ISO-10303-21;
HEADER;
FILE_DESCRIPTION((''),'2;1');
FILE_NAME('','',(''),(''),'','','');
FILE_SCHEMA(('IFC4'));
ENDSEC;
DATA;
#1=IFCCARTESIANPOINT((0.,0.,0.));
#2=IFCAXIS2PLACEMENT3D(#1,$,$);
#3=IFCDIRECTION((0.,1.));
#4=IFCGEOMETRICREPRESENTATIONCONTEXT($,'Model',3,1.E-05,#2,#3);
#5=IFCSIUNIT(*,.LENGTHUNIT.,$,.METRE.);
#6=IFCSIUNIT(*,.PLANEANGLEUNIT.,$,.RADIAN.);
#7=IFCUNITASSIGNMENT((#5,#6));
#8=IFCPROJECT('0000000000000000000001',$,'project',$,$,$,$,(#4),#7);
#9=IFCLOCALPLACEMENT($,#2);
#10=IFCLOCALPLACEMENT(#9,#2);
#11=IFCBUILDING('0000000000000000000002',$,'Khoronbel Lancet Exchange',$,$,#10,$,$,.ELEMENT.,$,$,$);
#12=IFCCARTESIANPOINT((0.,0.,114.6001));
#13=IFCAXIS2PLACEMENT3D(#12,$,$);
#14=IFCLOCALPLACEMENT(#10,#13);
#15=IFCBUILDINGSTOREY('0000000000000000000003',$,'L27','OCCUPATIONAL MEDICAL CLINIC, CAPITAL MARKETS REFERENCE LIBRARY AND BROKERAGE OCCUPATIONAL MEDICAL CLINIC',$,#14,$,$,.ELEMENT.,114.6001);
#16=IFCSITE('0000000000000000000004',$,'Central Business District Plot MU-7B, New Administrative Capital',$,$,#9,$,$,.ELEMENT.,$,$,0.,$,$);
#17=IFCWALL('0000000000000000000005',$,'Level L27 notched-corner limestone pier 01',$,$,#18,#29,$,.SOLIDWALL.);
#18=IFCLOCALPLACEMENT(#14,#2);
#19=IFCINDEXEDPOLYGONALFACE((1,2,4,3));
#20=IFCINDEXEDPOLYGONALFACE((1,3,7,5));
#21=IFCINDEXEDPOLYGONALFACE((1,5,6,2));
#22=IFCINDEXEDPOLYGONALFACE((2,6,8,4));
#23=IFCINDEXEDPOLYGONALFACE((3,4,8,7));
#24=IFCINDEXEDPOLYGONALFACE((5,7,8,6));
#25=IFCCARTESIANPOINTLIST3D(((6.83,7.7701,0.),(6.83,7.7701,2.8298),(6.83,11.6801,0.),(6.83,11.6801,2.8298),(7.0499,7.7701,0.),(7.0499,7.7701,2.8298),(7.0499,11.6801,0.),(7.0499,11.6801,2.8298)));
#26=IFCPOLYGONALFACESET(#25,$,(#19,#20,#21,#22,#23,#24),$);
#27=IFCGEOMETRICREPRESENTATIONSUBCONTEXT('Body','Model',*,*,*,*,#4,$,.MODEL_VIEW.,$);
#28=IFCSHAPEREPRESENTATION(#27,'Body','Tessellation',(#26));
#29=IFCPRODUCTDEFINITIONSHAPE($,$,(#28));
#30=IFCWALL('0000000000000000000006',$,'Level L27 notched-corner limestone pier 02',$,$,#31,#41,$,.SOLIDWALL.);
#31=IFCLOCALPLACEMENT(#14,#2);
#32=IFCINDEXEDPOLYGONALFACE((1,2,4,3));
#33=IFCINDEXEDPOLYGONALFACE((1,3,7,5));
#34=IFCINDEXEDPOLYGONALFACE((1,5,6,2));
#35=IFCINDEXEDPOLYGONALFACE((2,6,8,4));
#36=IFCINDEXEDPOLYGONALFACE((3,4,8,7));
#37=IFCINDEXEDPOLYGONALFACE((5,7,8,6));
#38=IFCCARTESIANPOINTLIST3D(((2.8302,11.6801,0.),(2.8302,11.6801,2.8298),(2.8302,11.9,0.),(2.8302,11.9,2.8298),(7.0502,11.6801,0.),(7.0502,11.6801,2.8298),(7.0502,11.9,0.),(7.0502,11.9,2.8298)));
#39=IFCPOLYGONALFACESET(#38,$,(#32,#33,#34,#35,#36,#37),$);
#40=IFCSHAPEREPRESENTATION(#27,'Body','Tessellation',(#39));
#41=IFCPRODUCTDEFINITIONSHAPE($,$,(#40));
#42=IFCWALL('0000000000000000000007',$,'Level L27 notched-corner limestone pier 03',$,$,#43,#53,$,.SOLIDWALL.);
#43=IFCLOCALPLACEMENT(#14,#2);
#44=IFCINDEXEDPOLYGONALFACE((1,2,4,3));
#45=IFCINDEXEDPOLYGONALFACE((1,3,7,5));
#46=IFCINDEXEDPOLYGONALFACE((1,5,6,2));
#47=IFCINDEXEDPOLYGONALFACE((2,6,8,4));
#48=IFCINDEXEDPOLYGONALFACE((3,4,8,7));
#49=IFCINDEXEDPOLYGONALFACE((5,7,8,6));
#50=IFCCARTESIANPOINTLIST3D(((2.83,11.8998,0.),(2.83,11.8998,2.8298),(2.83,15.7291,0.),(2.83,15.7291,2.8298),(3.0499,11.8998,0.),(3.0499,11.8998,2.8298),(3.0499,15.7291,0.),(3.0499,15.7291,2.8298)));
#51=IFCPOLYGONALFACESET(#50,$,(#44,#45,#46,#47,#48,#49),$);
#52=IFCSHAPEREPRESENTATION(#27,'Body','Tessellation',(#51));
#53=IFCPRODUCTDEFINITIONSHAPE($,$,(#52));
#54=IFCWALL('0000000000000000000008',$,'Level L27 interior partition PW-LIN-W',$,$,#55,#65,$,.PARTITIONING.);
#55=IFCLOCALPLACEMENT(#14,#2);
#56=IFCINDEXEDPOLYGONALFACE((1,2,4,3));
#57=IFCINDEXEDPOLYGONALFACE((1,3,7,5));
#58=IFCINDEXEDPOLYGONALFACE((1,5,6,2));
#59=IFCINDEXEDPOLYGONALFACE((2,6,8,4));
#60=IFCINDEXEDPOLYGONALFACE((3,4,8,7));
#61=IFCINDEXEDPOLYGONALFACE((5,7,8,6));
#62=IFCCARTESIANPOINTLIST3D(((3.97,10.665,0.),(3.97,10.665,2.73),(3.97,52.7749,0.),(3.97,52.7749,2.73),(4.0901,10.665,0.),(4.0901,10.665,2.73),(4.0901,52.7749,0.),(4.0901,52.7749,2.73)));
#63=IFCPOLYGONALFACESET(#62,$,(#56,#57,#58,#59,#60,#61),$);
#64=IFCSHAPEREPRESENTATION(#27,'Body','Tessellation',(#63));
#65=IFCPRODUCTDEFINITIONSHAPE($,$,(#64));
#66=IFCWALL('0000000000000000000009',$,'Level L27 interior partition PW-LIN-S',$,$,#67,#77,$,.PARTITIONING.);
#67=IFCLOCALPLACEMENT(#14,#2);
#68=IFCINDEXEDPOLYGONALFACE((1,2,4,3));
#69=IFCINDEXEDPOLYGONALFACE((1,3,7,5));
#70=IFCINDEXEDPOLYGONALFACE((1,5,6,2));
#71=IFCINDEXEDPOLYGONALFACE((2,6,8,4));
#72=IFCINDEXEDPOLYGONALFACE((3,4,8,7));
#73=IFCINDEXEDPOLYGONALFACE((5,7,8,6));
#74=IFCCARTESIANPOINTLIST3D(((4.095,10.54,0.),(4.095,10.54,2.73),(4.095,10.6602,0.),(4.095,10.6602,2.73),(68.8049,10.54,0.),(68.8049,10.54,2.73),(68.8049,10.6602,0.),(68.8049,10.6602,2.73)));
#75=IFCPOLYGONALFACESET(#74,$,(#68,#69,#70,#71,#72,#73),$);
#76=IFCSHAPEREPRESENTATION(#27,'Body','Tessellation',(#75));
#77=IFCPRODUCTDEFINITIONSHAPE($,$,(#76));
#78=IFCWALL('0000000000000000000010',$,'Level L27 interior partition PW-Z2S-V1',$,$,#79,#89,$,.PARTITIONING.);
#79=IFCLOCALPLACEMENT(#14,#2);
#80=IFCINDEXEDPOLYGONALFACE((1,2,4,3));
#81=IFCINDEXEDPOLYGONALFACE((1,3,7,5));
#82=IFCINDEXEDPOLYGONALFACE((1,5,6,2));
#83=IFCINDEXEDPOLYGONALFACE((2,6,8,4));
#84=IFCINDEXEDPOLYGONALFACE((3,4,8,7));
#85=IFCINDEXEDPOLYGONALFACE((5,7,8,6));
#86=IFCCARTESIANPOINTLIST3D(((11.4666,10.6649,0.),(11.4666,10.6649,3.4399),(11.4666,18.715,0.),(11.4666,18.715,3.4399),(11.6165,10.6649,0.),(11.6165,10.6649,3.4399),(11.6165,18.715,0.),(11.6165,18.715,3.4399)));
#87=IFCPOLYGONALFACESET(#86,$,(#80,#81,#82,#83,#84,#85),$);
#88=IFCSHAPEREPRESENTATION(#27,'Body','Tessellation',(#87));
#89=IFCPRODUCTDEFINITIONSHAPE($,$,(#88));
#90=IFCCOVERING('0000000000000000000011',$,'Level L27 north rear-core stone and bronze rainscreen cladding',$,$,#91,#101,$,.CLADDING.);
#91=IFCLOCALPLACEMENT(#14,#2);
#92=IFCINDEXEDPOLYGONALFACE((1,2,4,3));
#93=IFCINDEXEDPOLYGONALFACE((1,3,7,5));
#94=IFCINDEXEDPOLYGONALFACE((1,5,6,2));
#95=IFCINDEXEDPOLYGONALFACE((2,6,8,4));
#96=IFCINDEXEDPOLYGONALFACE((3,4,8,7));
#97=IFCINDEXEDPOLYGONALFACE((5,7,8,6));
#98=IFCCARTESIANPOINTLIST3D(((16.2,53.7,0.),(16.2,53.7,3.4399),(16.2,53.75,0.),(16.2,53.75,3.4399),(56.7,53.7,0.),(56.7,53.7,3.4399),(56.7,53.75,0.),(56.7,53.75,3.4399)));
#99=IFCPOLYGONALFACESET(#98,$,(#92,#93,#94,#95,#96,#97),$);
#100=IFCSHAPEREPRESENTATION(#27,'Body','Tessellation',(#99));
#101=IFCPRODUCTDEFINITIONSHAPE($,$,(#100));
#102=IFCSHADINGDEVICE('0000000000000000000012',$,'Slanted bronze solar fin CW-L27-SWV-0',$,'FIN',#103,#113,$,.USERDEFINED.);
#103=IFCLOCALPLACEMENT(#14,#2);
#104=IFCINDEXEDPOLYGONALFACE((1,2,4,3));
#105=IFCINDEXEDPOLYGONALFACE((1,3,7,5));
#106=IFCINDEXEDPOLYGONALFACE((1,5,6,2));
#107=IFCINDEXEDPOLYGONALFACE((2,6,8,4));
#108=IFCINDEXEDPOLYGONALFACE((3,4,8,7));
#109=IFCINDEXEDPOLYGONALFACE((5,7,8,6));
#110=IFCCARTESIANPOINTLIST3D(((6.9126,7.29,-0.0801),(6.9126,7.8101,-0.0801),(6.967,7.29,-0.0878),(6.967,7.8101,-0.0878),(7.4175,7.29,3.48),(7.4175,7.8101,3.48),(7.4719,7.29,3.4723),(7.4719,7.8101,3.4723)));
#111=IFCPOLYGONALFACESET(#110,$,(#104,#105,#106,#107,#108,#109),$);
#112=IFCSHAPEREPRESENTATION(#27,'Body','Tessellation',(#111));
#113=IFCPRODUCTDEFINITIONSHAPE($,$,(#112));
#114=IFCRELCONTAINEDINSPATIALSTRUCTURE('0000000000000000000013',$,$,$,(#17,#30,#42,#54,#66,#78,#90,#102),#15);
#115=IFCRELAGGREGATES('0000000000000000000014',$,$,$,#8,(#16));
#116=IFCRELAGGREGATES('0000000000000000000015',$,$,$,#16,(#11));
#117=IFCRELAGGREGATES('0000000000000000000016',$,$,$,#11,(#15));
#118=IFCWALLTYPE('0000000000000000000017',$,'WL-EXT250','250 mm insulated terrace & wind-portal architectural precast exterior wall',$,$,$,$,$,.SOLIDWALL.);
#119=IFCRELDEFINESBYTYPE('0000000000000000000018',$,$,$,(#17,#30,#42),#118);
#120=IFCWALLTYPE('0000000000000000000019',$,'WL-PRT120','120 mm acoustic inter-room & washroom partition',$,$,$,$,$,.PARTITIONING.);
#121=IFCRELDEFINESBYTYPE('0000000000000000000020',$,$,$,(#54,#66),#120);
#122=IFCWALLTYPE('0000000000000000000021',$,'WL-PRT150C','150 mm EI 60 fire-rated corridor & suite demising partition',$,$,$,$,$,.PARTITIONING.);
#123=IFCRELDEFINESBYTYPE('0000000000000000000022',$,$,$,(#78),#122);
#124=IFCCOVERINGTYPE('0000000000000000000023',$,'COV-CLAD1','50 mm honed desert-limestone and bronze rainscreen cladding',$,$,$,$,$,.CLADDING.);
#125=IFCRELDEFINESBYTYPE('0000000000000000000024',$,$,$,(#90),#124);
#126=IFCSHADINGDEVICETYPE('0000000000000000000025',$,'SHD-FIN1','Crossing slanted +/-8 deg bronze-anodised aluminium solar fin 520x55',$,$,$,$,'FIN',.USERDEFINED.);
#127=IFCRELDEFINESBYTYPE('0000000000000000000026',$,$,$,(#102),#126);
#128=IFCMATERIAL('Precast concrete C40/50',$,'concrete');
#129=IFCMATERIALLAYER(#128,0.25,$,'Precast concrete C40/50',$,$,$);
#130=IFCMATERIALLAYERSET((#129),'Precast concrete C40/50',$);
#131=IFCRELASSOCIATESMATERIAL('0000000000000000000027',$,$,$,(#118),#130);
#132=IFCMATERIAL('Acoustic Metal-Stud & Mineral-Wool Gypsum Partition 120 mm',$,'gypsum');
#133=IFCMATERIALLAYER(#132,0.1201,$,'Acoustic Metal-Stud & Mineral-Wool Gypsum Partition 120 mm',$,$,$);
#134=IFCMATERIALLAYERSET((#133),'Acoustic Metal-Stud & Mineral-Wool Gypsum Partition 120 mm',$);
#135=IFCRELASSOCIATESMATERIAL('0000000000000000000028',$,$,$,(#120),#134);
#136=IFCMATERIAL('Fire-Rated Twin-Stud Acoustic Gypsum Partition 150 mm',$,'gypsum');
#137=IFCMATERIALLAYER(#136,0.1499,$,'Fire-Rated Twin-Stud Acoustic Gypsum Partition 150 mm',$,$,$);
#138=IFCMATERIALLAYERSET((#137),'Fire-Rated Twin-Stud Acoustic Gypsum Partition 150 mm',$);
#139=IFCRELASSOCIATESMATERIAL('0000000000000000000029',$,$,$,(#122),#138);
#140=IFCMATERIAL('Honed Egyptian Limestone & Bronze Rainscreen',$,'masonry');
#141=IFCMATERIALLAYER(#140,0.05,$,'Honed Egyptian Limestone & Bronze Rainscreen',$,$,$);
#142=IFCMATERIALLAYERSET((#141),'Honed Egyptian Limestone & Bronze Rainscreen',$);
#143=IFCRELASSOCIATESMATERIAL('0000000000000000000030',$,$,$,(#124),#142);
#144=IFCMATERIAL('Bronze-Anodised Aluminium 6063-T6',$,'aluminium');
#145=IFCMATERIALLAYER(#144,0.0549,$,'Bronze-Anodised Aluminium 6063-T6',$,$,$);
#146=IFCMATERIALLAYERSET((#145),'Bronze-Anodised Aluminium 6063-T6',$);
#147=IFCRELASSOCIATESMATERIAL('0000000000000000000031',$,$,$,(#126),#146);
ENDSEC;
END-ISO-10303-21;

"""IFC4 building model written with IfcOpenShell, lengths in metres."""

from ifc_helpers import new_model, si_unit, direction, frame, frame_2d, origin, place, context, subcontext, project, spatial, polyline, rectangle, outline, extrude, material, layer, layer_set, type_object, element, save


model = new_model("IFC4")

# Units and contexts
model_context = context("Model", 3, precision=1e-05, world=origin(), true_north=direction((0.0, 1.0)))
body_context = subcontext(model_context, "Body", "Model", "MODEL_VIEW")
ifc_project = project(units=[si_unit("LENGTHUNIT", "METRE"), si_unit("PLANEANGLEUNIT", "RADIAN")], contexts=[model_context])

# Site, building, storey
site_placement = place(None, origin())
site = spatial("IfcSite", under=ifc_project, at=site_placement, Name="Central Business District Plot MU-7B, New Administrative Capital", CompositionType="ELEMENT", RefElevation=0.0)
building_placement = place(site_placement, origin())
building = spatial("IfcBuilding", under=site, at=building_placement, Name="Khoronbel Lancet Exchange", CompositionType="ELEMENT")
storey_placement = place(building_placement, frame((0.0, 0.0, 114.6001)))
storey = spatial("IfcBuildingStorey", under=building, at=storey_placement, Name="L27", Description="OCCUPATIONAL MEDICAL CLINIC, CAPITAL MARKETS REFERENCE LIBRARY AND BROKERAGE OCCUPATIONAL MEDICAL CLINIC", CompositionType="ELEMENT", Elevation=114.6001)

# Shared definitions
ifc_material_1 = material(Name="Bronze-Anodised Aluminium 6063-T6", Category="aluminium")

# Walls
ifc_material_2 = material(Name="Precast concrete C40/50", Category="concrete")
ifc_layer_1 = layer(ifc_material_2, 0.25, Name="Precast concrete C40/50")
ifc_layer_set_1 = layer_set([ifc_layer_1], Name="Precast concrete C40/50")
wall_type_1 = type_object("IfcWallType", Name="WL-EXT250", Description="250 mm insulated terrace & wind-portal architectural precast exterior wall", PredefinedType="SOLIDWALL", material=ifc_layer_set_1)
wall_1_placement = place(storey_placement, frame((6.9399, 7.77, 0.0), z_axis=(0.0, 0.0, 1.0), x_axis=(0.0, 1.0, 0.0)))
element("IfcWall", 1, at=wall_1_placement, inside=storey, type_object=wall_type_1, Name="Level L27 notched-corner limestone pier 01", PredefinedType="SOLIDWALL", context=body_context, shape_type="SweptSolid", body=[
    extrude(rectangle(XDim=3.9099, YDim=0.22, at=frame_2d((1.9551, 0.0))), origin(), (0.0, 0.0, 1.0), 2.8298),
])
wall_2_placement = place(storey_placement, frame((7.05, 11.79, 0.0), z_axis=(0.0, 0.0, 1.0), x_axis=(-1.0, 0.0, 0.0)))
element("IfcWall", 2, at=wall_2_placement, inside=storey, type_object=wall_type_1, Name="Level L27 notched-corner limestone pier 02", PredefinedType="SOLIDWALL", context=body_context, shape_type="SweptSolid", body=[
    extrude(rectangle(XDim=4.22, YDim=0.22, at=frame_2d((2.1099, 0.0))), origin(), (0.0, 0.0, 1.0), 2.8298),
])
wall_3_placement = place(storey_placement, frame((2.9399, 11.8999, 0.0), z_axis=(0.0, 0.0, 1.0), x_axis=(0.0, 1.0, 0.0)))
element("IfcWall", 3, at=wall_3_placement, inside=storey, type_object=wall_type_1, Name="Level L27 notched-corner limestone pier 03", PredefinedType="SOLIDWALL", context=body_context, shape_type="SweptSolid", body=[
    extrude(rectangle(XDim=3.8293, YDim=0.22, at=frame_2d((1.9146, 0.0))), origin(), (0.0, 0.0, 1.0), 2.8298),
])
ifc_material_3 = material(Name="Acoustic Metal-Stud & Mineral-Wool Gypsum Partition 120 mm", Category="gypsum")
ifc_layer_2 = layer(ifc_material_3, 0.1201, Name="Acoustic Metal-Stud & Mineral-Wool Gypsum Partition 120 mm")
ifc_layer_set_2 = layer_set([ifc_layer_2], Name="Acoustic Metal-Stud & Mineral-Wool Gypsum Partition 120 mm")
wall_type_2 = type_object("IfcWallType", Name="WL-PRT120", Description="120 mm acoustic inter-room & washroom partition", PredefinedType="PARTITIONING", material=ifc_layer_set_2)
wall_4_placement = place(storey_placement, frame((4.03, 10.665, 0.0), z_axis=(0.0, 0.0, 1.0), x_axis=(0.0, 1.0, 0.0)))
element("IfcWall", 4, at=wall_4_placement, inside=storey, type_object=wall_type_2, Name="Level L27 interior partition PW-LIN-W", PredefinedType="PARTITIONING", context=body_context, shape_type="SweptSolid", body=[
    extrude(rectangle(XDim=42.1099, YDim=0.1201, at=frame_2d((21.0549, 0.0))), origin(), (0.0, 0.0, 1.0), 2.73),
])
wall_5_placement = place(storey_placement, frame((4.095, 10.6001, 0.0), z_axis=(0.0, 0.0, 1.0), x_axis=(1.0, 0.0, 0.0)))
element("IfcWall", 5, at=wall_5_placement, inside=storey, type_object=wall_type_2, Name="Level L27 interior partition PW-LIN-S", PredefinedType="PARTITIONING", context=body_context, shape_type="SweptSolid", body=[
    extrude(rectangle(XDim=64.71, YDim=0.1201, at=frame_2d((32.355, 0.0))), origin(), (0.0, 0.0, 1.0), 2.73),
])
ifc_material_4 = material(Name="Fire-Rated Twin-Stud Acoustic Gypsum Partition 150 mm", Category="gypsum")
ifc_layer_3 = layer(ifc_material_4, 0.1499, Name="Fire-Rated Twin-Stud Acoustic Gypsum Partition 150 mm")
ifc_layer_set_3 = layer_set([ifc_layer_3], Name="Fire-Rated Twin-Stud Acoustic Gypsum Partition 150 mm")
wall_type_3 = type_object("IfcWallType", Name="WL-PRT150C", Description="150 mm EI 60 fire-rated corridor & suite demising partition", PredefinedType="PARTITIONING", material=ifc_layer_set_3)
wall_6_placement = place(storey_placement, frame((11.5415, 10.665, 0.0), z_axis=(0.0, 0.0, 1.0), x_axis=(0.0, 1.0, 0.0)))
element("IfcWall", 6, at=wall_6_placement, inside=storey, type_object=wall_type_3, Name="Level L27 interior partition PW-Z2S-V1", PredefinedType="PARTITIONING", context=body_context, shape_type="SweptSolid", body=[
    extrude(rectangle(XDim=8.05, YDim=0.1499, at=frame_2d((4.0249, 0.0))), origin(), (0.0, 0.0, 1.0), 3.4399),
])

# Covering
ifc_material_5 = material(Name="Honed Egyptian Limestone & Bronze Rainscreen", Category="masonry")
ifc_layer_4 = layer(ifc_material_5, 0.05, Name="Honed Egyptian Limestone & Bronze Rainscreen")
ifc_layer_set_4 = layer_set([ifc_layer_4], Name="Honed Egyptian Limestone & Bronze Rainscreen")
covering_type = type_object("IfcCoveringType", Name="COV-CLAD1", Description="50 mm honed desert-limestone and bronze rainscreen cladding", PredefinedType="CLADDING", material=ifc_layer_set_4)
covering_placement = place(storey_placement, origin())
element("IfcCovering", 7, at=covering_placement, inside=storey, type_object=covering_type, Name="Level L27 north rear-core stone and bronze rainscreen cladding", PredefinedType="CLADDING", context=body_context, shape_type="SweptSolid", body=[
    extrude(outline(polyline([(16.2, 53.7), (56.7, 53.7), (56.7, 53.75), (16.2, 53.75), (16.2, 53.7)])), origin(), (0.0, 0.0, 1.0), 3.4399),
])

# Shading device
ifc_layer_5 = layer(ifc_material_1, 0.0549, Name="Bronze-Anodised Aluminium 6063-T6")
ifc_layer_set_5 = layer_set([ifc_layer_5], Name="Bronze-Anodised Aluminium 6063-T6")
shading_device_type = type_object("IfcShadingDeviceType", Name="SHD-FIN1", Description="Crossing slanted +/-8 deg bronze-anodised aluminium solar fin 520x55", ElementType="FIN", PredefinedType="USERDEFINED", material=ifc_layer_set_5)
shading_device_placement = place(storey_placement, frame((6.9126, 7.8101, -0.0801), z_axis=(-0.990093, 0.0, 0.140414), x_axis=(0.0, -1.0, 0.0)))
element("IfcShadingDevice", 8, at=shading_device_placement, inside=storey, type_object=shading_device_type, Name="Slanted bronze solar fin CW-L27-SWV-0", ObjectType="FIN", PredefinedType="USERDEFINED", context=body_context, shape_type="SweptSolid", body=[
    extrude(outline(polyline([(0.0, 0.0), (0.52, 0.0), (0.52, 3.5957), (0.0, 3.5957), (0.0, 0.0)])), origin(), (0.0, 0.0, -1.0), 0.0549),
])

save(model, "model.ifc")
